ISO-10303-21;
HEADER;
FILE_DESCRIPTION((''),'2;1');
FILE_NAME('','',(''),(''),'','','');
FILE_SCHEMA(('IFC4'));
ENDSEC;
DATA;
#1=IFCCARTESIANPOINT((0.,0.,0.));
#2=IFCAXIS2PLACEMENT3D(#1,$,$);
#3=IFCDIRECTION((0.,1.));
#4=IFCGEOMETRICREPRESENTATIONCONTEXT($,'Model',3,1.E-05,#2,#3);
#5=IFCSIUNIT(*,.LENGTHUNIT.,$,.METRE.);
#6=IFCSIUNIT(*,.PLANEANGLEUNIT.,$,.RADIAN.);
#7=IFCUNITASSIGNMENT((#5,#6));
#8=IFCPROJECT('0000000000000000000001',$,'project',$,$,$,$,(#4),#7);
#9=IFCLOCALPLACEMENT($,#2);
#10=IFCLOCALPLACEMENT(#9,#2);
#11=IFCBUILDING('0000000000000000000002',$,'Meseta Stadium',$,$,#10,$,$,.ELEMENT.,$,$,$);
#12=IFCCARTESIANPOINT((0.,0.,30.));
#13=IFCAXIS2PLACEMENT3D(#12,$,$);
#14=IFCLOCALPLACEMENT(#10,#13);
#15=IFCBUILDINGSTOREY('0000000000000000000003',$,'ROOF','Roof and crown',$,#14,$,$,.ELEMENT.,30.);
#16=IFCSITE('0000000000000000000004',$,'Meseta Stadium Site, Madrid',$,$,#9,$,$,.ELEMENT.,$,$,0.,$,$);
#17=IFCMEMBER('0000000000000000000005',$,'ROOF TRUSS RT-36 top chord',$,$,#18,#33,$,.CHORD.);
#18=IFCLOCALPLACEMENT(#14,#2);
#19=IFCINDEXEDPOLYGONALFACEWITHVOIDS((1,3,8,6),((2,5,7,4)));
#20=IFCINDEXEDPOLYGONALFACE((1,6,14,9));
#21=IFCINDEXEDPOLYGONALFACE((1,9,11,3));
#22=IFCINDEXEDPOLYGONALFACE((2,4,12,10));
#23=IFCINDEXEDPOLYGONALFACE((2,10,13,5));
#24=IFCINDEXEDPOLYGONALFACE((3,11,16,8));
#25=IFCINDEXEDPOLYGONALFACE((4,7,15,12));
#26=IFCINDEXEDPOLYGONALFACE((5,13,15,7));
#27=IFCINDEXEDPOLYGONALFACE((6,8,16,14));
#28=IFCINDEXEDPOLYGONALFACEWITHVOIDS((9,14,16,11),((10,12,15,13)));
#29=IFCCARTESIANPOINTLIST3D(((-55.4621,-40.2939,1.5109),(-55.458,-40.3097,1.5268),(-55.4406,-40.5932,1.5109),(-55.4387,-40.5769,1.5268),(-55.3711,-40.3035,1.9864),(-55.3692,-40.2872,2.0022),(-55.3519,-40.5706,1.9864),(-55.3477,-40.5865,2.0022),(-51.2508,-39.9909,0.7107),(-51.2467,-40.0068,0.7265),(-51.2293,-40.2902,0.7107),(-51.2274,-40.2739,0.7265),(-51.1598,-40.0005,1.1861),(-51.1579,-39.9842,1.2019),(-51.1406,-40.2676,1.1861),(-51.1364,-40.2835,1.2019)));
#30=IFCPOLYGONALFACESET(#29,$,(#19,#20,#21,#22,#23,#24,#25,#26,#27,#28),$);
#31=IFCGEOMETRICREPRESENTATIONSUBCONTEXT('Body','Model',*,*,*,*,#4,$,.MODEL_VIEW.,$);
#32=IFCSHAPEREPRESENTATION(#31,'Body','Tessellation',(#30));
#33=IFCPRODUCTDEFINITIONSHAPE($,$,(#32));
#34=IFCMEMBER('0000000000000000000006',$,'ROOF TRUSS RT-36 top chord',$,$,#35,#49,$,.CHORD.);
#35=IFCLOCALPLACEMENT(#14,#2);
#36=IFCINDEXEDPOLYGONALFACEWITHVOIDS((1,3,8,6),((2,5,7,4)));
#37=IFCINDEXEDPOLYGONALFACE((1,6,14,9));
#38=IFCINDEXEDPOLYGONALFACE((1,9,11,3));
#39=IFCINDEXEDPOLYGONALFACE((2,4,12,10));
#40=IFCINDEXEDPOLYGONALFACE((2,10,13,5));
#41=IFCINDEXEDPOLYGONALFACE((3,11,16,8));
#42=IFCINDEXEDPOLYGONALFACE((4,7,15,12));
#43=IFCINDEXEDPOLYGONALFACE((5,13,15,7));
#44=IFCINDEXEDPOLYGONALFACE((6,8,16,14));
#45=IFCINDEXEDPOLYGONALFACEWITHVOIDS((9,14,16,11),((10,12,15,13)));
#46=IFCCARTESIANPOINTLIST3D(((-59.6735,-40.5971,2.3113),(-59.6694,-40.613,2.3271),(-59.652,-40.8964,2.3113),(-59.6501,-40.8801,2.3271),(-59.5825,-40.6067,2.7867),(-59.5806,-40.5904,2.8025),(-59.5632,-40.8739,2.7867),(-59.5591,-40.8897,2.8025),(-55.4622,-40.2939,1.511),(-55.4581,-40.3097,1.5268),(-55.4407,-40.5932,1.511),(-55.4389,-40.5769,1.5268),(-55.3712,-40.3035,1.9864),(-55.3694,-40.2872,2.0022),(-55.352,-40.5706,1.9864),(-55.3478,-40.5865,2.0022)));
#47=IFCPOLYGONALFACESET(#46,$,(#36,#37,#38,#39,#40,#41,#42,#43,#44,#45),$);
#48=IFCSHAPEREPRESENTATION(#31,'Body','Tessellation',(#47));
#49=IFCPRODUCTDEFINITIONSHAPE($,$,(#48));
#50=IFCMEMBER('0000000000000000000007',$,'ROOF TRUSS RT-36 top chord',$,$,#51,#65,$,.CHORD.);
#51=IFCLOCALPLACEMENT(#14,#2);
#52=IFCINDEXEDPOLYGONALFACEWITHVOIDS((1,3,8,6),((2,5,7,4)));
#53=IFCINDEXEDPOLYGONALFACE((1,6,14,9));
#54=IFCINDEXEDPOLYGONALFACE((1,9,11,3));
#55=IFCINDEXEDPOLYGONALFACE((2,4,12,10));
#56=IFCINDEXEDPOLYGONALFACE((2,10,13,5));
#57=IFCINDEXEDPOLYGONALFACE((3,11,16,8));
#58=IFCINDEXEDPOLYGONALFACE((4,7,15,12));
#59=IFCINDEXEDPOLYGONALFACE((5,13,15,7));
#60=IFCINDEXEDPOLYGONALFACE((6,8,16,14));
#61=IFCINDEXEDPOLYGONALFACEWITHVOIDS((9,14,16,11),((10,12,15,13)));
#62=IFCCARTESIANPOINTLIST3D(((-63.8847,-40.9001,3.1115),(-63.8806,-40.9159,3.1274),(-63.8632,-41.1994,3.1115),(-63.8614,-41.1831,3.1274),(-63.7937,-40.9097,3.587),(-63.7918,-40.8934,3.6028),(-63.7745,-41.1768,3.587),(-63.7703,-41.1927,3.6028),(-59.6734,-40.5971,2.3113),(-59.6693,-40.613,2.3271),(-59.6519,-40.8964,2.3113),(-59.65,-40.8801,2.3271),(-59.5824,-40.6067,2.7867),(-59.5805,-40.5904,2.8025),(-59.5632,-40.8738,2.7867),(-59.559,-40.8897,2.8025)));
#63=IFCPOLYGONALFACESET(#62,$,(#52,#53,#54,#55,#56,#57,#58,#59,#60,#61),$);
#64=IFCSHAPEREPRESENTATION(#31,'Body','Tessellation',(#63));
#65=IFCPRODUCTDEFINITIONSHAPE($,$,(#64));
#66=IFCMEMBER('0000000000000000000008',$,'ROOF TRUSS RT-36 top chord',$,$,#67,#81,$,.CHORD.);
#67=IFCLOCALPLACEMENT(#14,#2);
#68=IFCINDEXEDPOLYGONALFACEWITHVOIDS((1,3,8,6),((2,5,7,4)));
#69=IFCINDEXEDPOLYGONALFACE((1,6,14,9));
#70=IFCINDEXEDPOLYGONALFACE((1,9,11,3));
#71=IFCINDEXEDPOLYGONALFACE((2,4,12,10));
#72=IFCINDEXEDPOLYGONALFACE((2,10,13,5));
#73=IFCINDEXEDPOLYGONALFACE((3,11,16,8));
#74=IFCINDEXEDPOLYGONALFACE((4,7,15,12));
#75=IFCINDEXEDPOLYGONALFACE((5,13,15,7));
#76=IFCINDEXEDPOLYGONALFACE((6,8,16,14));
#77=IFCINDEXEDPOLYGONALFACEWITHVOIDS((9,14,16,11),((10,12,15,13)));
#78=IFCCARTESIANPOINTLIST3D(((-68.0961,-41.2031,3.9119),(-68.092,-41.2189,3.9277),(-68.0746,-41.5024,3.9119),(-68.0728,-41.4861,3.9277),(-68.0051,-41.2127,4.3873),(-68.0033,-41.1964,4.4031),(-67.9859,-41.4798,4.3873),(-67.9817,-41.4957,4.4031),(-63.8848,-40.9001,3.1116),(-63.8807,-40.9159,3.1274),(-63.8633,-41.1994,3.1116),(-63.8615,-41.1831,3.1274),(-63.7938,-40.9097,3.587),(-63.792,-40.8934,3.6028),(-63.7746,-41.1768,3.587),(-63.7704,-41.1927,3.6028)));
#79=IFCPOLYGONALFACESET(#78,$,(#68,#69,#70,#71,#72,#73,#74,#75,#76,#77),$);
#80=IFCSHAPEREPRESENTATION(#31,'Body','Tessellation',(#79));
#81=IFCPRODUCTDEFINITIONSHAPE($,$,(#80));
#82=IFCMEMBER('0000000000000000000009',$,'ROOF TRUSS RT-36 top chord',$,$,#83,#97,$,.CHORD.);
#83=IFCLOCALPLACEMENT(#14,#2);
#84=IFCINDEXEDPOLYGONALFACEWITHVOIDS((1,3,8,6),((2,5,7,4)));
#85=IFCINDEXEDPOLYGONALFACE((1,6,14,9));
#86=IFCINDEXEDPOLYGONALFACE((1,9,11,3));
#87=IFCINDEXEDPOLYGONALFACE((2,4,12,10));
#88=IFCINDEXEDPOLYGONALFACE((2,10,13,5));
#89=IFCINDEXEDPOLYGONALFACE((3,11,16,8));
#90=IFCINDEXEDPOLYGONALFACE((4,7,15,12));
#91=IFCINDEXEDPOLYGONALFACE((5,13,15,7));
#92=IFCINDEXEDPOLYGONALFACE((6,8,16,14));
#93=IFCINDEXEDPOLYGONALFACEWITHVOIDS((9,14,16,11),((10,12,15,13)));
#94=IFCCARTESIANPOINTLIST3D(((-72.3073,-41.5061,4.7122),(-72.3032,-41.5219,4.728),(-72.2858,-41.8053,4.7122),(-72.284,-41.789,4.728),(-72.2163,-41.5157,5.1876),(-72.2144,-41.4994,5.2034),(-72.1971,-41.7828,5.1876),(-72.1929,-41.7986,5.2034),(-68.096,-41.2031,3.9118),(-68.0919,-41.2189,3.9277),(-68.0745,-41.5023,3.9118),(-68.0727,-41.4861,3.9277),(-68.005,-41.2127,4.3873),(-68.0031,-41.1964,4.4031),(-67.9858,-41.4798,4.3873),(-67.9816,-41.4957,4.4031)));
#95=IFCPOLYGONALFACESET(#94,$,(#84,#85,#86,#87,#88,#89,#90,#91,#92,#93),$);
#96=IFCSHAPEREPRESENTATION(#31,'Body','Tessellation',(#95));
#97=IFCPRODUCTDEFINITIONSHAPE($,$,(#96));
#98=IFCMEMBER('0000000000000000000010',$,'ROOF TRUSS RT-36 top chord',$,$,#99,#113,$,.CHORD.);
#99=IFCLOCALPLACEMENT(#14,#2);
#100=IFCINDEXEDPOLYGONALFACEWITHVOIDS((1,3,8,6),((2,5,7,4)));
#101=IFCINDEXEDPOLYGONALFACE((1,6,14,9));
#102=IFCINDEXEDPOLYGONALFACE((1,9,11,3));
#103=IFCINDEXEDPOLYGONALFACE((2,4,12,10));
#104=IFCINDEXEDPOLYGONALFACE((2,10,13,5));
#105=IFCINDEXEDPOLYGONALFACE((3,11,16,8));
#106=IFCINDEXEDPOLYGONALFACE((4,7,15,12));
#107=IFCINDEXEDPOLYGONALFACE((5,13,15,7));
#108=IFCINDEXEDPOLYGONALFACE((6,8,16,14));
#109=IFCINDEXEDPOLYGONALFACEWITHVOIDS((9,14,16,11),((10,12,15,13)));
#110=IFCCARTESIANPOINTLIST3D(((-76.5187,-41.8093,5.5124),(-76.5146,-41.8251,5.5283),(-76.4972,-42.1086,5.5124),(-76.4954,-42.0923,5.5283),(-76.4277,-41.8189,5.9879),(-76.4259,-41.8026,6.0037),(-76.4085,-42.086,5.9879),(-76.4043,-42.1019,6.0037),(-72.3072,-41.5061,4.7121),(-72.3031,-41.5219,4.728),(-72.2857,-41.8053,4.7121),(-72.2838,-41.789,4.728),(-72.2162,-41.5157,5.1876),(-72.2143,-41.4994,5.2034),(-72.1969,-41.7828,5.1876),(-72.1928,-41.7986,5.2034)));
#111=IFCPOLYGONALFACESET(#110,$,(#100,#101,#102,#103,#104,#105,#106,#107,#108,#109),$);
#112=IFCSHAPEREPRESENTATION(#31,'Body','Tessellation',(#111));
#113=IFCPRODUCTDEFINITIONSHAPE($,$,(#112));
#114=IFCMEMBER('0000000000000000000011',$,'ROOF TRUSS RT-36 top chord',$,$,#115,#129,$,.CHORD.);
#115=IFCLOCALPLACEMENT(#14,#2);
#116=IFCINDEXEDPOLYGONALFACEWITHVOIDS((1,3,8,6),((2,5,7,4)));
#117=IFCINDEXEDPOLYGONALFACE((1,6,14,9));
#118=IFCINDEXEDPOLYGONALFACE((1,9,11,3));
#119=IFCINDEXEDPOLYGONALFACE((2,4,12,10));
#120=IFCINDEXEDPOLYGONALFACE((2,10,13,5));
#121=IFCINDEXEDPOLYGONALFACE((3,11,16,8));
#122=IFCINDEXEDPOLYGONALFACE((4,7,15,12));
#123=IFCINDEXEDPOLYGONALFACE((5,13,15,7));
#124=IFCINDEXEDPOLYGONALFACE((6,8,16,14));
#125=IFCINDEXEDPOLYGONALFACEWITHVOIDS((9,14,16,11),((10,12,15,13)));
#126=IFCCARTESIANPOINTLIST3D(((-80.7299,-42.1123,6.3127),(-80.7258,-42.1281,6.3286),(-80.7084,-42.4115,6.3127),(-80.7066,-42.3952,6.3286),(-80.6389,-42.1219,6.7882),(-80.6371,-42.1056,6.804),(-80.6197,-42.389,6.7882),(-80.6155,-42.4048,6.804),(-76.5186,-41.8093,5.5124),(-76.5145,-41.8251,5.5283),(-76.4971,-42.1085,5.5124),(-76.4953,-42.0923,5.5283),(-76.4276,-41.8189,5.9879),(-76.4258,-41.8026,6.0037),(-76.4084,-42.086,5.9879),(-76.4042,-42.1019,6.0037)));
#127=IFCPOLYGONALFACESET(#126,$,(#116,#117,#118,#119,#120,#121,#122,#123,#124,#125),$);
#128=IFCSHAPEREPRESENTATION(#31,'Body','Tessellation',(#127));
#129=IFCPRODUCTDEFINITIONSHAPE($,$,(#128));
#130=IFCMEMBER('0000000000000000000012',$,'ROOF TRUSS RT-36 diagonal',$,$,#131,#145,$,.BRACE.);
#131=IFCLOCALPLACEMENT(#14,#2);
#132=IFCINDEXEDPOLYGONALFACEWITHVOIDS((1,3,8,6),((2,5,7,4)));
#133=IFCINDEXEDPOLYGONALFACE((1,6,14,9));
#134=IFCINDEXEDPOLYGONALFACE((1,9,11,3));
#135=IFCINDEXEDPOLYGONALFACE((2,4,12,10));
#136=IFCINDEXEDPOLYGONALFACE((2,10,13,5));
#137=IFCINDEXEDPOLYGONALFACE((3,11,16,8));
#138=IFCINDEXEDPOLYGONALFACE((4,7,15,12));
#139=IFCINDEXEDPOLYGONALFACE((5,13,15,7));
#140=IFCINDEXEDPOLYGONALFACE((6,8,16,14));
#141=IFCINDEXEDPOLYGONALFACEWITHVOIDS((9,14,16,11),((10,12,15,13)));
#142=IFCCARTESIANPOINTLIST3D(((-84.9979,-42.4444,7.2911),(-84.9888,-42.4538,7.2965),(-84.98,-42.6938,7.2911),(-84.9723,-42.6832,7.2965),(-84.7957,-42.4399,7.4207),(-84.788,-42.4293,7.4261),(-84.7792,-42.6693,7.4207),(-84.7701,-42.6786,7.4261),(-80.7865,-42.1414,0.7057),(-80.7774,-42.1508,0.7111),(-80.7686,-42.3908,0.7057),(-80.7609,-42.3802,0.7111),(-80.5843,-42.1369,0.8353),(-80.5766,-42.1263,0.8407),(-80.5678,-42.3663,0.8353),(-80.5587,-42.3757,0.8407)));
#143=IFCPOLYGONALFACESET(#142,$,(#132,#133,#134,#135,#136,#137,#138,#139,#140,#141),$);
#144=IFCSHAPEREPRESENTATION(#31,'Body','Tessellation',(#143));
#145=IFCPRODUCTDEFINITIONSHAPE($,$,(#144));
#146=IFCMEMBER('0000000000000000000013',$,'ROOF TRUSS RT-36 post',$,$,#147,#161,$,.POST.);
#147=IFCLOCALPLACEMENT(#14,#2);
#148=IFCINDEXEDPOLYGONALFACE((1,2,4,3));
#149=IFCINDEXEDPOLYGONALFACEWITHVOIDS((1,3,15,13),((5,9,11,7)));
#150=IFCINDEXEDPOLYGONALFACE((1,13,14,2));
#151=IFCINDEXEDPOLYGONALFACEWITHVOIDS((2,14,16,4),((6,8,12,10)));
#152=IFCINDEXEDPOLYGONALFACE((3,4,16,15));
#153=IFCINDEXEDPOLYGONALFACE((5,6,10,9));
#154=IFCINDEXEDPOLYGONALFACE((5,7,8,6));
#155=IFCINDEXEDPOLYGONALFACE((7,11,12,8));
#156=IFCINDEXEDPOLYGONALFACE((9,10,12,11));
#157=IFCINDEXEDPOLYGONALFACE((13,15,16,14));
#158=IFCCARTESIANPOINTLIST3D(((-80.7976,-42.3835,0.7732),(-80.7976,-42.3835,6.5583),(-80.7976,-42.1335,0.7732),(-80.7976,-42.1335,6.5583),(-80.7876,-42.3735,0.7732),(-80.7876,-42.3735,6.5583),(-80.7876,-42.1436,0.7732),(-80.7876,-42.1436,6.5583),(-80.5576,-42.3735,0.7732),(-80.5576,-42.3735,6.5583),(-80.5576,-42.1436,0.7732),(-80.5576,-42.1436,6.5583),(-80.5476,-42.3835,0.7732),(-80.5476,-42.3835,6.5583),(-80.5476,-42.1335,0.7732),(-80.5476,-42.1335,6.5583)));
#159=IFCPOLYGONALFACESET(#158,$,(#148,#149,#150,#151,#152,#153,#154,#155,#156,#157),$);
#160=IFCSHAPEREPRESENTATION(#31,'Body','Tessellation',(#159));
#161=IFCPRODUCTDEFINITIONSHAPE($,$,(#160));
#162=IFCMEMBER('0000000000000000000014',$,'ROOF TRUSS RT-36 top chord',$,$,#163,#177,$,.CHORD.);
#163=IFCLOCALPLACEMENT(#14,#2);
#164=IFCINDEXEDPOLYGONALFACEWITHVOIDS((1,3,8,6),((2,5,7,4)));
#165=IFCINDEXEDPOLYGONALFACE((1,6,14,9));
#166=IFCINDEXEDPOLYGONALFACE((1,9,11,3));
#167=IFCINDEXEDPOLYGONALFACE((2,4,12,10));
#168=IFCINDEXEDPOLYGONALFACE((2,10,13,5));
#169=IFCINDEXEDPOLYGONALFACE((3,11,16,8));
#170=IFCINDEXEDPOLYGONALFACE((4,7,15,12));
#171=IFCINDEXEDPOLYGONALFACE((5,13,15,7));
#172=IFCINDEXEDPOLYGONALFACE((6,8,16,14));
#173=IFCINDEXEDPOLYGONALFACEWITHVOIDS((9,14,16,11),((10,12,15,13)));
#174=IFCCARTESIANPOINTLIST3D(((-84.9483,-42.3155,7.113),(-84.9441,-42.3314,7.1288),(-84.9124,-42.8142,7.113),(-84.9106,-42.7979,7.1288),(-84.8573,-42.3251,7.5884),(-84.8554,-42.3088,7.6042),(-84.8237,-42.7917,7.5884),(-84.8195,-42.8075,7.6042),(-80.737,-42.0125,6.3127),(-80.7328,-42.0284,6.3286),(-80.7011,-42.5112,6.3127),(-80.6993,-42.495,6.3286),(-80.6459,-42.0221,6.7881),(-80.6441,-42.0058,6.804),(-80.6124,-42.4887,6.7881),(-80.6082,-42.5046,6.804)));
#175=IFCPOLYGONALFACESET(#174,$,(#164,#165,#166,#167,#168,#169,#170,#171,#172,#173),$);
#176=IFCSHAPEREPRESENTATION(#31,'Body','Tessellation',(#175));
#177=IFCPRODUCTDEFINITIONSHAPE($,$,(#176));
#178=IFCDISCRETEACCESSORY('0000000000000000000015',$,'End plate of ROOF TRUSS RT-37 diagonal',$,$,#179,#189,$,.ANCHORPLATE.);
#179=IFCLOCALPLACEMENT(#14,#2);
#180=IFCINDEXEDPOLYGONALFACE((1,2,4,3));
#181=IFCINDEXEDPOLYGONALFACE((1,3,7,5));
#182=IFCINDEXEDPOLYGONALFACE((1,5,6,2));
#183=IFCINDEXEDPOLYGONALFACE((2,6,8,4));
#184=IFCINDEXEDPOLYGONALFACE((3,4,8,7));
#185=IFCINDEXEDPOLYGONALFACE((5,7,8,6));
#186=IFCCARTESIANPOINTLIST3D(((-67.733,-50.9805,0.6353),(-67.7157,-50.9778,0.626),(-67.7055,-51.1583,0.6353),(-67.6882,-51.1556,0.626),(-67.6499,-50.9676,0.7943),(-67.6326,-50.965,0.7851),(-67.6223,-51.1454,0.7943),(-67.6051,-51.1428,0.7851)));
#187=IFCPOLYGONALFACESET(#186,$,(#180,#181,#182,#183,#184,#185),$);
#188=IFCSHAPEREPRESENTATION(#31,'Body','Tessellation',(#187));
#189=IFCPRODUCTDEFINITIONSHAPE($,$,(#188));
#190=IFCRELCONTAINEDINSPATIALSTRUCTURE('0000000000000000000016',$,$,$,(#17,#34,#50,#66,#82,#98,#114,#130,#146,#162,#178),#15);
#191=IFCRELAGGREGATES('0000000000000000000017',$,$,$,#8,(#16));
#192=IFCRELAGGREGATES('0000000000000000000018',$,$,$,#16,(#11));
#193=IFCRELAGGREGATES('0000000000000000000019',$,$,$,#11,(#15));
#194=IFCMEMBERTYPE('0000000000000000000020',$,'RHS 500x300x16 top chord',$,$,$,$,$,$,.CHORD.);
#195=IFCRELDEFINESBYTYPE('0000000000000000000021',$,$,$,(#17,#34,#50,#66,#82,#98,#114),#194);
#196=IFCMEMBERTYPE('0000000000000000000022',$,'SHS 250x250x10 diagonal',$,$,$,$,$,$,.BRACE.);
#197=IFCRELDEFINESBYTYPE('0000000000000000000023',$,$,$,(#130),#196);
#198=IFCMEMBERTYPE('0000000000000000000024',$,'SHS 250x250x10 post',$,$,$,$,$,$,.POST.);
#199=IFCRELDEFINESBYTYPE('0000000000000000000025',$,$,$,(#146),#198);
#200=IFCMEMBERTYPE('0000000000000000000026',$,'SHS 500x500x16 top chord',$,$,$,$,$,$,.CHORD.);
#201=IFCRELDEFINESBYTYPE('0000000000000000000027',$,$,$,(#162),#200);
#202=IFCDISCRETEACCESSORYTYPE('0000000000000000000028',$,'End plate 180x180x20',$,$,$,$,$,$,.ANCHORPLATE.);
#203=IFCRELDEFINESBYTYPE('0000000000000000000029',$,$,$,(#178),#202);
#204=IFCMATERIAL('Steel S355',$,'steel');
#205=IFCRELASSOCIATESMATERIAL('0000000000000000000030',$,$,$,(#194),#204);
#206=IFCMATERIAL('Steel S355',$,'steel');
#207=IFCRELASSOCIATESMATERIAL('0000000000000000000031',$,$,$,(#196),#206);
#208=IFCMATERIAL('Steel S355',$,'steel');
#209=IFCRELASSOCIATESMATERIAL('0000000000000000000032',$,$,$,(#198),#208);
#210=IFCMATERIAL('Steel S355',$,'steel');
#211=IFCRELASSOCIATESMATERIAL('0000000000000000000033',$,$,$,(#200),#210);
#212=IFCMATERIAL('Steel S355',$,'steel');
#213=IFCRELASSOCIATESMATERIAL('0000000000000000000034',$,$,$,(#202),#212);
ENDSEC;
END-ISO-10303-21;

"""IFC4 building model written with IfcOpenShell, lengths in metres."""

from ifc_helpers import new_model, si_unit, direction, frame, origin, origin_2d, place, context, subcontext, project, spatial, rectangle, hollow_rectangle, extrude, material, material_profile, profile_set, type_object, element, save


model = new_model("IFC4")

# Units and contexts
model_context = context("Model", 3, precision=1e-05, world=origin(), true_north=direction((0.0, 1.0)))
body_context = subcontext(model_context, "Body", "Model", "MODEL_VIEW")
ifc_project = project(units=[si_unit("LENGTHUNIT", "METRE"), si_unit("PLANEANGLEUNIT", "RADIAN")], contexts=[model_context])

# Site, building, storey
site_placement = place(None, origin())
site = spatial("IfcSite", under=ifc_project, at=site_placement, Name="Meseta Stadium Site, Madrid", CompositionType="ELEMENT", RefElevation=0.0)
building_placement = place(site_placement, origin())
building = spatial("IfcBuilding", under=site, at=building_placement, Name="Meseta Stadium", CompositionType="ELEMENT")
storey_placement = place(building_placement, frame((0.0, 0.0, 30.0)))
storey = spatial("IfcBuildingStorey", under=building, at=storey_placement, Name="ROOF", Description="Roof and crown", CompositionType="ELEMENT", Elevation=30.0)

# Members
ifc_material_1 = material(Name="Steel S355", Category="steel")
ifc_material_profile_1 = material_profile(ifc_material_1, hollow_rectangle(XDim=0.3, YDim=0.5, WallThickness=0.0161, at=origin_2d()), Name="RHS 500x300x16")
ifc_profile_set_1 = profile_set([ifc_material_profile_1], Name="Steel S355")
member_type_1 = type_object("IfcMemberType", Name="RHS 500x300x16 top chord", PredefinedType="CHORD", material=ifc_profile_set_1)
for number, where, z_axis, x_axis, name in (
    (1, (-51.1936, -40.1372, 0.9563), (-0.979975, -0.070501, 0.186224), (0.071757, -0.997422, 0.0), "ROOF TRUSS RT-36 top chord"),
    (2, (-55.405, -40.4402, 1.7566), (-0.979968, -0.070562, 0.186233), (0.071818, -0.997418, 0.0), "ROOF TRUSS RT-36 top chord"),
    (3, (-59.6162, -40.7434, 2.5569), (-0.979975, -0.070501, 0.186224), (0.071757, -0.997422, 0.0), "ROOF TRUSS RT-36 top chord"),
    (4, (-63.8276, -41.0464, 3.3572), (-0.979972, -0.070505, 0.186234), (0.071761, -0.997422, 0.0), "ROOF TRUSS RT-36 top chord"),
    (5, (-68.0388, -41.3494, 4.1575), (-0.979972, -0.070505, 0.186234), (0.071761, -0.997422, 0.0), "ROOF TRUSS RT-36 top chord"),
):
    element("IfcMember", number, at=place(storey_placement, frame(where, z_axis=z_axis, x_axis=x_axis)), inside=storey, type_object=member_type_1, Name=name, PredefinedType="CHORD", context=body_context, shape_type="SweptSolid", body=[
        extrude(hollow_rectangle(XDim=0.3, YDim=0.5, WallThickness=0.0161, at=origin_2d()), origin(), (0.0, 0.0, 1.0), 4.2974),
    ])
member_1_placement = place(storey_placement, frame((-72.25, -41.6523, 4.9578), z_axis=(-0.979971, -0.070558, 0.186223), x_axis=(0.071814, -0.997418, 0.0)))
element("IfcMember", 6, at=member_1_placement, inside=storey, type_object=member_type_1, Name="ROOF TRUSS RT-36 top chord", PredefinedType="CHORD", context=body_context, shape_type="SweptSolid", body=[
    extrude(hollow_rectangle(XDim=0.3, YDim=0.5, WallThickness=0.0161, at=origin_2d()), origin(), (0.0, 0.0, 1.0), 4.2976),
])
member_2_placement = place(storey_placement, frame((-76.4614, -41.9556, 5.7581), z_axis=(-0.979972, -0.070505, 0.186234), x_axis=(0.071761, -0.997422, 0.0)))
element("IfcMember", 7, at=member_2_placement, inside=storey, type_object=member_type_1, Name="ROOF TRUSS RT-36 top chord", PredefinedType="CHORD", context=body_context, shape_type="SweptSolid", body=[
    extrude(hollow_rectangle(XDim=0.3, YDim=0.5, WallThickness=0.0161, at=origin_2d()), origin(), (0.0, 0.0, 1.0), 4.2974),
])
ifc_material_2 = material(Name="Steel S355", Category="steel")
ifc_material_profile_2 = material_profile(ifc_material_2, hollow_rectangle(XDim=0.25, YDim=0.25, WallThickness=0.01, at=origin_2d()), Name="SHS 250x250x10")
ifc_profile_set_2 = profile_set([ifc_material_profile_2], Name="Steel S355")
member_type_2 = type_object("IfcMemberType", Name="SHS 250x250x10 diagonal", PredefinedType="BRACE", material=ifc_profile_set_2)
member_3_placement = place(storey_placement, frame((-80.6726, -42.2585, 0.7732), z_axis=(-0.538353, -0.03873, 0.841829), x_axis=(0.071757, -0.997422, 0.0)))
element("IfcMember", 8, at=member_3_placement, inside=storey, type_object=member_type_2, Name="ROOF TRUSS RT-36 diagonal", PredefinedType="BRACE", context=body_context, shape_type="SweptSolid", body=[
    extrude(hollow_rectangle(XDim=0.25, YDim=0.25, WallThickness=0.01, at=origin_2d()), origin(), (0.0, 0.0, 1.0), 7.8228),
])
ifc_material_3 = material(Name="Steel S355", Category="steel")
ifc_material_profile_3 = material_profile(ifc_material_3, hollow_rectangle(XDim=0.25, YDim=0.25, WallThickness=0.01, at=origin_2d()), Name="SHS 250x250x10")
ifc_profile_set_3 = profile_set([ifc_material_profile_3], Name="Steel S355")
member_type_3 = type_object("IfcMemberType", Name="SHS 250x250x10 post", PredefinedType="POST", material=ifc_profile_set_3)
member_4_placement = place(storey_placement, frame((-80.6726, -42.2585, 0.7732), z_axis=(0.0, 0.0, 1.0), x_axis=(1.0, 0.0, 0.0)))
element("IfcMember", 9, at=member_4_placement, inside=storey, type_object=member_type_3, Name="ROOF TRUSS RT-36 post", PredefinedType="POST", context=body_context, shape_type="SweptSolid", body=[
    extrude(hollow_rectangle(XDim=0.25, YDim=0.25, WallThickness=0.01, at=origin_2d()), origin(), (0.0, 0.0, 1.0), 5.7852),
])
ifc_material_4 = material(Name="Steel S355", Category="steel")
ifc_material_profile_4 = material_profile(ifc_material_4, hollow_rectangle(XDim=0.5, YDim=0.5, WallThickness=0.0161, at=origin_2d()), Name="SHS 500x500x16")
ifc_profile_set_4 = profile_set([ifc_material_profile_4], Name="Steel S355")
member_type_4 = type_object("IfcMemberType", Name="SHS 500x500x16 top chord", PredefinedType="CHORD", material=ifc_profile_set_4)
member_5_placement = place(storey_placement, frame((-80.6726, -42.2585, 6.5583), z_axis=(-0.979975, -0.070501, 0.186224), x_axis=(0.071757, -0.997422, 0.0)))
element("IfcMember", 10, at=member_5_placement, inside=storey, type_object=member_type_4, Name="ROOF TRUSS RT-36 top chord", PredefinedType="CHORD", context=body_context, shape_type="SweptSolid", body=[
    extrude(hollow_rectangle(XDim=0.5, YDim=0.5, WallThickness=0.0161, at=origin_2d()), origin(), (0.0, 0.0, 1.0), 4.2974),
])

# Discrete accessory
ifc_material_5 = material(Name="Steel S355", Category="steel")
ifc_material_profile_5 = material_profile(ifc_material_5, rectangle(XDim=0.1799, YDim=0.1799, at=origin_2d()), Name="PL 180x180")
ifc_profile_set_5 = profile_set([ifc_material_profile_5], Name="Steel S355")
discrete_accessory_type_1 = type_object("IfcDiscreteAccessoryType", Name="End plate 180x180x20", PredefinedType="ANCHORPLATE", material=ifc_profile_set_5)
discrete_accessory_1_placement = place(storey_placement, frame((-67.6604, -51.0603, 0.7056), z_axis=(-0.873553, -0.135339, 0.467535), x_axis=(0.153103, -0.98821, 0.0)))
element("IfcDiscreteAccessory", 11, at=discrete_accessory_1_placement, inside=storey, type_object=discrete_accessory_type_1, Name="End plate of ROOF TRUSS RT-37 diagonal", PredefinedType="ANCHORPLATE", context=body_context, shape_type="SweptSolid", body=[
    extrude(rectangle(XDim=0.1799, YDim=0.1799, at=origin_2d()), origin(), (0.0, 0.0, 1.0), 0.0198),
])

save(model, "model.ifc")
